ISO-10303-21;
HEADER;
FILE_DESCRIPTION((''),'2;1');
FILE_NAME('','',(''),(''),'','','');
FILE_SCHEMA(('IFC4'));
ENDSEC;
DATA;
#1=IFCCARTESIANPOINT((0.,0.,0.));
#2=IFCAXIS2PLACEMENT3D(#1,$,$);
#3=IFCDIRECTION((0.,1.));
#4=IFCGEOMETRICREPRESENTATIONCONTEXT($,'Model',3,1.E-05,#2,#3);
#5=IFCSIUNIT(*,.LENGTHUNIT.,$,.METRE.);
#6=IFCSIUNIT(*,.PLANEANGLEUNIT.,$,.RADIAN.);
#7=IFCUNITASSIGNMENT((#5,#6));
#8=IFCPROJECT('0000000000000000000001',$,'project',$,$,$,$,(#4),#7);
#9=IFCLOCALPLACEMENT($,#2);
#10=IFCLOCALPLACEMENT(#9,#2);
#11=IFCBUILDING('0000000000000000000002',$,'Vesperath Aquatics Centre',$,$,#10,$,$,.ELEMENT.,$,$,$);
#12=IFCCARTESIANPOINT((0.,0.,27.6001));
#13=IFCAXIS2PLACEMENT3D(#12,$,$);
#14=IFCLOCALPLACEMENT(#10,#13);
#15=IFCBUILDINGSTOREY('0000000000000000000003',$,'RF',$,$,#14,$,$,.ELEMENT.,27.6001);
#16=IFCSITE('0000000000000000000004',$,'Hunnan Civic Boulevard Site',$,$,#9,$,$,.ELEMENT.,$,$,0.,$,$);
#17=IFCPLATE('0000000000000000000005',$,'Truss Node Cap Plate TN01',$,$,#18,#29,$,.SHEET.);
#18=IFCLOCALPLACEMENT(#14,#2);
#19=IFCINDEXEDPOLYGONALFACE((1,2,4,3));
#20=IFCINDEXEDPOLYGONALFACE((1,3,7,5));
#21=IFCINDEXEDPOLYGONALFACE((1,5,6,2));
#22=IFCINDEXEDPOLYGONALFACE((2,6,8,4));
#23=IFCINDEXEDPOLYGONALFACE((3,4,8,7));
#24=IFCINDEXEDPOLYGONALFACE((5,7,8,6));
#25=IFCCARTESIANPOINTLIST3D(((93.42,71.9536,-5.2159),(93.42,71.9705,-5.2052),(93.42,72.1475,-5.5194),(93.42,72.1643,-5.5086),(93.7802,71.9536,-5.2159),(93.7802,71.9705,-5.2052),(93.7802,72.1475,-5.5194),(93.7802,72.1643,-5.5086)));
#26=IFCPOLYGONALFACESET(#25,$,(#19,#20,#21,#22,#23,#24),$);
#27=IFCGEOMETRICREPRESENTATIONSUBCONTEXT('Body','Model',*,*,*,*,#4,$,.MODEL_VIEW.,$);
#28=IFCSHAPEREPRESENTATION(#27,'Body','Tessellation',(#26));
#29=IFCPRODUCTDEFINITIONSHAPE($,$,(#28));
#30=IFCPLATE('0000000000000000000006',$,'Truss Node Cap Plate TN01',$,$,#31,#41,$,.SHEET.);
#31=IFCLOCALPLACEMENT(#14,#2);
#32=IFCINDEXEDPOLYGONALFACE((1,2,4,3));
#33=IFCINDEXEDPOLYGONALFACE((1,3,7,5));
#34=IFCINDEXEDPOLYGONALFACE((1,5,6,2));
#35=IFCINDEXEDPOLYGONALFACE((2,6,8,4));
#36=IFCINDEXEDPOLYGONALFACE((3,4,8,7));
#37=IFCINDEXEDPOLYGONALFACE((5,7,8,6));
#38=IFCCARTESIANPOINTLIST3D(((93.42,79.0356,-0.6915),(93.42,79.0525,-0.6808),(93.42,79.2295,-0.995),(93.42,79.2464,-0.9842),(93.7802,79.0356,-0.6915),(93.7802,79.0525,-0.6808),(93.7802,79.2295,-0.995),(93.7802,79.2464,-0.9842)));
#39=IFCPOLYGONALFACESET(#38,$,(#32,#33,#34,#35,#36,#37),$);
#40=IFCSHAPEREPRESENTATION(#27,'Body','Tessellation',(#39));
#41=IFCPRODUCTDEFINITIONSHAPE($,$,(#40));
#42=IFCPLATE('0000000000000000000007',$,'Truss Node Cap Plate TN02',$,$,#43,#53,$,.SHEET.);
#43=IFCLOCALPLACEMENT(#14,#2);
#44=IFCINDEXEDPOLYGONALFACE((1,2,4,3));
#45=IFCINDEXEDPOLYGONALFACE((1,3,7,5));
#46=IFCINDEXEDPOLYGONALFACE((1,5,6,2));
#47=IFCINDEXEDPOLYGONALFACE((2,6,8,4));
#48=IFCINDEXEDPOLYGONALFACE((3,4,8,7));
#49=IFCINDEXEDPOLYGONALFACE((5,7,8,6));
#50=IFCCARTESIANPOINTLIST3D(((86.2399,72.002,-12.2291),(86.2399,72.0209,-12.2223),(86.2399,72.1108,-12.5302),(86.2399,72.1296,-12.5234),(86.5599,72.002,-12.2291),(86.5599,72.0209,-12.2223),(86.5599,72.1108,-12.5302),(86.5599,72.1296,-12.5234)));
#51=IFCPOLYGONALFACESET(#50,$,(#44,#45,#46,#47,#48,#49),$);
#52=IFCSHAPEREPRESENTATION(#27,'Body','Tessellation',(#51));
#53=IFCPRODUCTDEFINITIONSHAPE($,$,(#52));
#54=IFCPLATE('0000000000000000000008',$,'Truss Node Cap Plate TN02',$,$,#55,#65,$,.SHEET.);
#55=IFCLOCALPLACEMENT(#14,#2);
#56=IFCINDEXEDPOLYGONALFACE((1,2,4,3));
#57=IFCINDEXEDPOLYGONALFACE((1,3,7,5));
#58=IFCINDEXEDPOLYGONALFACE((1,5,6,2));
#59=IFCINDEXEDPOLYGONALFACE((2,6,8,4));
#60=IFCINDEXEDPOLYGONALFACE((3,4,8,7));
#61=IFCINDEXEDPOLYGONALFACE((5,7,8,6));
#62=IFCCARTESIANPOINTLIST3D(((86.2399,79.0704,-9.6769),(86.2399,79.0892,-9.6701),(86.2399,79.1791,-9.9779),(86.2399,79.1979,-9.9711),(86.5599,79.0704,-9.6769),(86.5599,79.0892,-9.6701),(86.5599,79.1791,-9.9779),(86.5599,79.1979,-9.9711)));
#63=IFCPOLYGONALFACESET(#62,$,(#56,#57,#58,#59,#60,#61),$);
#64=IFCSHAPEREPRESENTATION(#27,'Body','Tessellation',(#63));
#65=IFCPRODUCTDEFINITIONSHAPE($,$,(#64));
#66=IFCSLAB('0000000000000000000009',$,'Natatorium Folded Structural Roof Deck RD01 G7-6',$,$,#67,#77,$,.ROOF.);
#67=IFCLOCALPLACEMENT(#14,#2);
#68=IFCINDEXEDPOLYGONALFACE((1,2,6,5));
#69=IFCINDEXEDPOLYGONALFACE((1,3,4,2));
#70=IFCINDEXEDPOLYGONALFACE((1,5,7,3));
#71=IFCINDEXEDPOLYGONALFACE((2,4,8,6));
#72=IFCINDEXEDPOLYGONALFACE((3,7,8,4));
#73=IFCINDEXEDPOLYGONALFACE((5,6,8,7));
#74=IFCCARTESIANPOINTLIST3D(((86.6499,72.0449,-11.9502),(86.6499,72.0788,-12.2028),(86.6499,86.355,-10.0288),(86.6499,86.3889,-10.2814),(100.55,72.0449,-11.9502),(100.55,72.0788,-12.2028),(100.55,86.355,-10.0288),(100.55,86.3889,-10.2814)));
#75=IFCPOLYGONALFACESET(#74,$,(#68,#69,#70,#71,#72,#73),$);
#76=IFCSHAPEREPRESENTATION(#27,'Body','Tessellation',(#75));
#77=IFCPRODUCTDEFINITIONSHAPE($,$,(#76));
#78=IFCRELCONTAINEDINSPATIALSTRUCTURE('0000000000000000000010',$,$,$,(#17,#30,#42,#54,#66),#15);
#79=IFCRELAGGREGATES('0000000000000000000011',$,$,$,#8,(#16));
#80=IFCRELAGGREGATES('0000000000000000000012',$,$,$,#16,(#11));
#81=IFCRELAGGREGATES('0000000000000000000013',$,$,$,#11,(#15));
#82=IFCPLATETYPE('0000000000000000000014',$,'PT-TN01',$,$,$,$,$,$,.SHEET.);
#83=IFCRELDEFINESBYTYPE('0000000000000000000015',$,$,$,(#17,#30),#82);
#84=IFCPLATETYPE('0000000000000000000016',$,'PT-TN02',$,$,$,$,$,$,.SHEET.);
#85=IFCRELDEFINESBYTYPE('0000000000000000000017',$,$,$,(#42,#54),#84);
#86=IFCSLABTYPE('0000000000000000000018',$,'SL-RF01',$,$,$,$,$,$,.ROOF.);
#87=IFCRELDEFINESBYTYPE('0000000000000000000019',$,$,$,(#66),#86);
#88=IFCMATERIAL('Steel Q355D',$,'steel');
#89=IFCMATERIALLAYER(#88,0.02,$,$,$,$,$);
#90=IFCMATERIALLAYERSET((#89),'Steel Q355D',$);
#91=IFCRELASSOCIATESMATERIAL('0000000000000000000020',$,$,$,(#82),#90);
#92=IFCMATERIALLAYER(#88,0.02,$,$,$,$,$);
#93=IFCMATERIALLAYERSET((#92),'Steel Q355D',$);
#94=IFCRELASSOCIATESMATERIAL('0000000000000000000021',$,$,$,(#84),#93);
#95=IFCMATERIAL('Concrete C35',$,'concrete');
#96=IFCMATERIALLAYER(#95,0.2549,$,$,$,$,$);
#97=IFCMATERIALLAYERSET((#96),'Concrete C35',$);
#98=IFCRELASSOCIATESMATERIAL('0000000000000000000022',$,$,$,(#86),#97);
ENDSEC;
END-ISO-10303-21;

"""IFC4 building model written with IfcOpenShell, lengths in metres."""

from ifc_helpers import new_model, si_unit, direction, frame, origin, origin_2d, place, context, subcontext, project, spatial, polyline, rectangle, outline, extrude, material, layer, layer_set, type_object, element, save


model = new_model("IFC4")

# Units and contexts
model_context = context("Model", 3, precision=1e-05, world=origin(), true_north=direction((0.0, 1.0)))
body_context = subcontext(model_context, "Body", "Model", "MODEL_VIEW")
ifc_project = project(units=[si_unit("LENGTHUNIT", "METRE"), si_unit("PLANEANGLEUNIT", "RADIAN")], contexts=[model_context])

# Site, building, storey
site_placement = place(None, origin())
site = spatial("IfcSite", under=ifc_project, at=site_placement, Name="Hunnan Civic Boulevard Site", CompositionType="ELEMENT", RefElevation=0.0)
building_placement = place(site_placement, origin())
building = spatial("IfcBuilding", under=site, at=building_placement, Name="Vesperath Aquatics Centre", CompositionType="ELEMENT")
storey_placement = place(building_placement, frame((0.0, 0.0, 27.6001)))
storey = spatial("IfcBuildingStorey", under=building, at=storey_placement, Name="RF", CompositionType="ELEMENT", Elevation=27.6001)

# Shared definitions
ifc_material_1 = material(Name="Steel Q355D", Category="steel")

# Plates
ifc_layer_1 = layer(ifc_material_1, 0.02)
ifc_layer_set_1 = layer_set([ifc_layer_1], Name="Steel Q355D")
plate_type_1 = type_object("IfcPlateType", Name="PT-TN01", PredefinedType="SHEET", material=ifc_layer_set_1)
for number, where, z_axis, x_axis, name in (
    (1, (93.6001, 72.0505, -5.3677), (0.0, 0.842696, 0.538389), (-1.0, 0.0, 0.0), "Truss Node Cap Plate TN01"),
    (2, (93.6001, 79.1326, -0.8433), (0.0, 0.842696, 0.538389), (-1.0, 0.0, 0.0), "Truss Node Cap Plate TN01"),
):
    element("IfcPlate", number, at=place(storey_placement, frame(where, z_axis=z_axis, x_axis=x_axis)), inside=storey, type_object=plate_type_1, Name=name, PredefinedType="SHEET", context=body_context, shape_type="SweptSolid", body=[
        extrude(rectangle(XDim=0.3601, YDim=0.3601, at=origin_2d()), origin(), (0.0, 0.0, 1.0), 0.02),
    ])
ifc_layer_2 = layer(ifc_material_1, 0.02)
ifc_layer_set_2 = layer_set([ifc_layer_2], Name="Steel Q355D")
plate_type_2 = type_object("IfcPlateType", Name="PT-TN02", PredefinedType="SHEET", material=ifc_layer_set_2)
for number, where, z_axis, x_axis, name in (
    (3, (86.3999, 72.0564, -12.3796), (0.0, 0.940554, 0.339644), (-1.0, 0.0, 0.0), "Truss Node Cap Plate TN02"),
    (4, (86.3999, 79.1248, -9.8274), (0.0, 0.940554, 0.339644), (-1.0, 0.0, 0.0), "Truss Node Cap Plate TN02"),
):
    element("IfcPlate", number, at=place(storey_placement, frame(where, z_axis=z_axis, x_axis=x_axis)), inside=storey, type_object=plate_type_2, Name=name, PredefinedType="SHEET", context=body_context, shape_type="SweptSolid", body=[
        extrude(rectangle(XDim=0.3201, YDim=0.3201, at=origin_2d()), origin(), (0.0, 0.0, 1.0), 0.02),
    ])

# Slab
ifc_material_2 = material(Name="Concrete C35", Category="concrete")
ifc_layer_3 = layer(ifc_material_2, 0.2549)
ifc_layer_set_3 = layer_set([ifc_layer_3], Name="Concrete C35")
slab_type = type_object("IfcSlabType", Name="SL-RF01", PredefinedType="ROOF", material=ifc_layer_set_3)
slab_placement = place(storey_placement, frame((86.6499, 72.0449, -11.9502), z_axis=(0.0, -0.133074, 0.991106), x_axis=(1.0, 0.0, 0.0)))
element("IfcSlab", 5, at=slab_placement, inside=storey, type_object=slab_type, Name="Natatorium Folded Structural Roof Deck RD01 G7-6", PredefinedType="ROOF", context=body_context, shape_type="SweptSolid", body=[
    extrude(outline(polyline([(0.0, 0.0), (13.9001, 0.0), (13.9001, 14.4385), (0.0, 14.4385), (0.0, 0.0)])), origin(), (0.0, 0.0, -1.0), 0.2549),
])

save(model, "model.ifc")
